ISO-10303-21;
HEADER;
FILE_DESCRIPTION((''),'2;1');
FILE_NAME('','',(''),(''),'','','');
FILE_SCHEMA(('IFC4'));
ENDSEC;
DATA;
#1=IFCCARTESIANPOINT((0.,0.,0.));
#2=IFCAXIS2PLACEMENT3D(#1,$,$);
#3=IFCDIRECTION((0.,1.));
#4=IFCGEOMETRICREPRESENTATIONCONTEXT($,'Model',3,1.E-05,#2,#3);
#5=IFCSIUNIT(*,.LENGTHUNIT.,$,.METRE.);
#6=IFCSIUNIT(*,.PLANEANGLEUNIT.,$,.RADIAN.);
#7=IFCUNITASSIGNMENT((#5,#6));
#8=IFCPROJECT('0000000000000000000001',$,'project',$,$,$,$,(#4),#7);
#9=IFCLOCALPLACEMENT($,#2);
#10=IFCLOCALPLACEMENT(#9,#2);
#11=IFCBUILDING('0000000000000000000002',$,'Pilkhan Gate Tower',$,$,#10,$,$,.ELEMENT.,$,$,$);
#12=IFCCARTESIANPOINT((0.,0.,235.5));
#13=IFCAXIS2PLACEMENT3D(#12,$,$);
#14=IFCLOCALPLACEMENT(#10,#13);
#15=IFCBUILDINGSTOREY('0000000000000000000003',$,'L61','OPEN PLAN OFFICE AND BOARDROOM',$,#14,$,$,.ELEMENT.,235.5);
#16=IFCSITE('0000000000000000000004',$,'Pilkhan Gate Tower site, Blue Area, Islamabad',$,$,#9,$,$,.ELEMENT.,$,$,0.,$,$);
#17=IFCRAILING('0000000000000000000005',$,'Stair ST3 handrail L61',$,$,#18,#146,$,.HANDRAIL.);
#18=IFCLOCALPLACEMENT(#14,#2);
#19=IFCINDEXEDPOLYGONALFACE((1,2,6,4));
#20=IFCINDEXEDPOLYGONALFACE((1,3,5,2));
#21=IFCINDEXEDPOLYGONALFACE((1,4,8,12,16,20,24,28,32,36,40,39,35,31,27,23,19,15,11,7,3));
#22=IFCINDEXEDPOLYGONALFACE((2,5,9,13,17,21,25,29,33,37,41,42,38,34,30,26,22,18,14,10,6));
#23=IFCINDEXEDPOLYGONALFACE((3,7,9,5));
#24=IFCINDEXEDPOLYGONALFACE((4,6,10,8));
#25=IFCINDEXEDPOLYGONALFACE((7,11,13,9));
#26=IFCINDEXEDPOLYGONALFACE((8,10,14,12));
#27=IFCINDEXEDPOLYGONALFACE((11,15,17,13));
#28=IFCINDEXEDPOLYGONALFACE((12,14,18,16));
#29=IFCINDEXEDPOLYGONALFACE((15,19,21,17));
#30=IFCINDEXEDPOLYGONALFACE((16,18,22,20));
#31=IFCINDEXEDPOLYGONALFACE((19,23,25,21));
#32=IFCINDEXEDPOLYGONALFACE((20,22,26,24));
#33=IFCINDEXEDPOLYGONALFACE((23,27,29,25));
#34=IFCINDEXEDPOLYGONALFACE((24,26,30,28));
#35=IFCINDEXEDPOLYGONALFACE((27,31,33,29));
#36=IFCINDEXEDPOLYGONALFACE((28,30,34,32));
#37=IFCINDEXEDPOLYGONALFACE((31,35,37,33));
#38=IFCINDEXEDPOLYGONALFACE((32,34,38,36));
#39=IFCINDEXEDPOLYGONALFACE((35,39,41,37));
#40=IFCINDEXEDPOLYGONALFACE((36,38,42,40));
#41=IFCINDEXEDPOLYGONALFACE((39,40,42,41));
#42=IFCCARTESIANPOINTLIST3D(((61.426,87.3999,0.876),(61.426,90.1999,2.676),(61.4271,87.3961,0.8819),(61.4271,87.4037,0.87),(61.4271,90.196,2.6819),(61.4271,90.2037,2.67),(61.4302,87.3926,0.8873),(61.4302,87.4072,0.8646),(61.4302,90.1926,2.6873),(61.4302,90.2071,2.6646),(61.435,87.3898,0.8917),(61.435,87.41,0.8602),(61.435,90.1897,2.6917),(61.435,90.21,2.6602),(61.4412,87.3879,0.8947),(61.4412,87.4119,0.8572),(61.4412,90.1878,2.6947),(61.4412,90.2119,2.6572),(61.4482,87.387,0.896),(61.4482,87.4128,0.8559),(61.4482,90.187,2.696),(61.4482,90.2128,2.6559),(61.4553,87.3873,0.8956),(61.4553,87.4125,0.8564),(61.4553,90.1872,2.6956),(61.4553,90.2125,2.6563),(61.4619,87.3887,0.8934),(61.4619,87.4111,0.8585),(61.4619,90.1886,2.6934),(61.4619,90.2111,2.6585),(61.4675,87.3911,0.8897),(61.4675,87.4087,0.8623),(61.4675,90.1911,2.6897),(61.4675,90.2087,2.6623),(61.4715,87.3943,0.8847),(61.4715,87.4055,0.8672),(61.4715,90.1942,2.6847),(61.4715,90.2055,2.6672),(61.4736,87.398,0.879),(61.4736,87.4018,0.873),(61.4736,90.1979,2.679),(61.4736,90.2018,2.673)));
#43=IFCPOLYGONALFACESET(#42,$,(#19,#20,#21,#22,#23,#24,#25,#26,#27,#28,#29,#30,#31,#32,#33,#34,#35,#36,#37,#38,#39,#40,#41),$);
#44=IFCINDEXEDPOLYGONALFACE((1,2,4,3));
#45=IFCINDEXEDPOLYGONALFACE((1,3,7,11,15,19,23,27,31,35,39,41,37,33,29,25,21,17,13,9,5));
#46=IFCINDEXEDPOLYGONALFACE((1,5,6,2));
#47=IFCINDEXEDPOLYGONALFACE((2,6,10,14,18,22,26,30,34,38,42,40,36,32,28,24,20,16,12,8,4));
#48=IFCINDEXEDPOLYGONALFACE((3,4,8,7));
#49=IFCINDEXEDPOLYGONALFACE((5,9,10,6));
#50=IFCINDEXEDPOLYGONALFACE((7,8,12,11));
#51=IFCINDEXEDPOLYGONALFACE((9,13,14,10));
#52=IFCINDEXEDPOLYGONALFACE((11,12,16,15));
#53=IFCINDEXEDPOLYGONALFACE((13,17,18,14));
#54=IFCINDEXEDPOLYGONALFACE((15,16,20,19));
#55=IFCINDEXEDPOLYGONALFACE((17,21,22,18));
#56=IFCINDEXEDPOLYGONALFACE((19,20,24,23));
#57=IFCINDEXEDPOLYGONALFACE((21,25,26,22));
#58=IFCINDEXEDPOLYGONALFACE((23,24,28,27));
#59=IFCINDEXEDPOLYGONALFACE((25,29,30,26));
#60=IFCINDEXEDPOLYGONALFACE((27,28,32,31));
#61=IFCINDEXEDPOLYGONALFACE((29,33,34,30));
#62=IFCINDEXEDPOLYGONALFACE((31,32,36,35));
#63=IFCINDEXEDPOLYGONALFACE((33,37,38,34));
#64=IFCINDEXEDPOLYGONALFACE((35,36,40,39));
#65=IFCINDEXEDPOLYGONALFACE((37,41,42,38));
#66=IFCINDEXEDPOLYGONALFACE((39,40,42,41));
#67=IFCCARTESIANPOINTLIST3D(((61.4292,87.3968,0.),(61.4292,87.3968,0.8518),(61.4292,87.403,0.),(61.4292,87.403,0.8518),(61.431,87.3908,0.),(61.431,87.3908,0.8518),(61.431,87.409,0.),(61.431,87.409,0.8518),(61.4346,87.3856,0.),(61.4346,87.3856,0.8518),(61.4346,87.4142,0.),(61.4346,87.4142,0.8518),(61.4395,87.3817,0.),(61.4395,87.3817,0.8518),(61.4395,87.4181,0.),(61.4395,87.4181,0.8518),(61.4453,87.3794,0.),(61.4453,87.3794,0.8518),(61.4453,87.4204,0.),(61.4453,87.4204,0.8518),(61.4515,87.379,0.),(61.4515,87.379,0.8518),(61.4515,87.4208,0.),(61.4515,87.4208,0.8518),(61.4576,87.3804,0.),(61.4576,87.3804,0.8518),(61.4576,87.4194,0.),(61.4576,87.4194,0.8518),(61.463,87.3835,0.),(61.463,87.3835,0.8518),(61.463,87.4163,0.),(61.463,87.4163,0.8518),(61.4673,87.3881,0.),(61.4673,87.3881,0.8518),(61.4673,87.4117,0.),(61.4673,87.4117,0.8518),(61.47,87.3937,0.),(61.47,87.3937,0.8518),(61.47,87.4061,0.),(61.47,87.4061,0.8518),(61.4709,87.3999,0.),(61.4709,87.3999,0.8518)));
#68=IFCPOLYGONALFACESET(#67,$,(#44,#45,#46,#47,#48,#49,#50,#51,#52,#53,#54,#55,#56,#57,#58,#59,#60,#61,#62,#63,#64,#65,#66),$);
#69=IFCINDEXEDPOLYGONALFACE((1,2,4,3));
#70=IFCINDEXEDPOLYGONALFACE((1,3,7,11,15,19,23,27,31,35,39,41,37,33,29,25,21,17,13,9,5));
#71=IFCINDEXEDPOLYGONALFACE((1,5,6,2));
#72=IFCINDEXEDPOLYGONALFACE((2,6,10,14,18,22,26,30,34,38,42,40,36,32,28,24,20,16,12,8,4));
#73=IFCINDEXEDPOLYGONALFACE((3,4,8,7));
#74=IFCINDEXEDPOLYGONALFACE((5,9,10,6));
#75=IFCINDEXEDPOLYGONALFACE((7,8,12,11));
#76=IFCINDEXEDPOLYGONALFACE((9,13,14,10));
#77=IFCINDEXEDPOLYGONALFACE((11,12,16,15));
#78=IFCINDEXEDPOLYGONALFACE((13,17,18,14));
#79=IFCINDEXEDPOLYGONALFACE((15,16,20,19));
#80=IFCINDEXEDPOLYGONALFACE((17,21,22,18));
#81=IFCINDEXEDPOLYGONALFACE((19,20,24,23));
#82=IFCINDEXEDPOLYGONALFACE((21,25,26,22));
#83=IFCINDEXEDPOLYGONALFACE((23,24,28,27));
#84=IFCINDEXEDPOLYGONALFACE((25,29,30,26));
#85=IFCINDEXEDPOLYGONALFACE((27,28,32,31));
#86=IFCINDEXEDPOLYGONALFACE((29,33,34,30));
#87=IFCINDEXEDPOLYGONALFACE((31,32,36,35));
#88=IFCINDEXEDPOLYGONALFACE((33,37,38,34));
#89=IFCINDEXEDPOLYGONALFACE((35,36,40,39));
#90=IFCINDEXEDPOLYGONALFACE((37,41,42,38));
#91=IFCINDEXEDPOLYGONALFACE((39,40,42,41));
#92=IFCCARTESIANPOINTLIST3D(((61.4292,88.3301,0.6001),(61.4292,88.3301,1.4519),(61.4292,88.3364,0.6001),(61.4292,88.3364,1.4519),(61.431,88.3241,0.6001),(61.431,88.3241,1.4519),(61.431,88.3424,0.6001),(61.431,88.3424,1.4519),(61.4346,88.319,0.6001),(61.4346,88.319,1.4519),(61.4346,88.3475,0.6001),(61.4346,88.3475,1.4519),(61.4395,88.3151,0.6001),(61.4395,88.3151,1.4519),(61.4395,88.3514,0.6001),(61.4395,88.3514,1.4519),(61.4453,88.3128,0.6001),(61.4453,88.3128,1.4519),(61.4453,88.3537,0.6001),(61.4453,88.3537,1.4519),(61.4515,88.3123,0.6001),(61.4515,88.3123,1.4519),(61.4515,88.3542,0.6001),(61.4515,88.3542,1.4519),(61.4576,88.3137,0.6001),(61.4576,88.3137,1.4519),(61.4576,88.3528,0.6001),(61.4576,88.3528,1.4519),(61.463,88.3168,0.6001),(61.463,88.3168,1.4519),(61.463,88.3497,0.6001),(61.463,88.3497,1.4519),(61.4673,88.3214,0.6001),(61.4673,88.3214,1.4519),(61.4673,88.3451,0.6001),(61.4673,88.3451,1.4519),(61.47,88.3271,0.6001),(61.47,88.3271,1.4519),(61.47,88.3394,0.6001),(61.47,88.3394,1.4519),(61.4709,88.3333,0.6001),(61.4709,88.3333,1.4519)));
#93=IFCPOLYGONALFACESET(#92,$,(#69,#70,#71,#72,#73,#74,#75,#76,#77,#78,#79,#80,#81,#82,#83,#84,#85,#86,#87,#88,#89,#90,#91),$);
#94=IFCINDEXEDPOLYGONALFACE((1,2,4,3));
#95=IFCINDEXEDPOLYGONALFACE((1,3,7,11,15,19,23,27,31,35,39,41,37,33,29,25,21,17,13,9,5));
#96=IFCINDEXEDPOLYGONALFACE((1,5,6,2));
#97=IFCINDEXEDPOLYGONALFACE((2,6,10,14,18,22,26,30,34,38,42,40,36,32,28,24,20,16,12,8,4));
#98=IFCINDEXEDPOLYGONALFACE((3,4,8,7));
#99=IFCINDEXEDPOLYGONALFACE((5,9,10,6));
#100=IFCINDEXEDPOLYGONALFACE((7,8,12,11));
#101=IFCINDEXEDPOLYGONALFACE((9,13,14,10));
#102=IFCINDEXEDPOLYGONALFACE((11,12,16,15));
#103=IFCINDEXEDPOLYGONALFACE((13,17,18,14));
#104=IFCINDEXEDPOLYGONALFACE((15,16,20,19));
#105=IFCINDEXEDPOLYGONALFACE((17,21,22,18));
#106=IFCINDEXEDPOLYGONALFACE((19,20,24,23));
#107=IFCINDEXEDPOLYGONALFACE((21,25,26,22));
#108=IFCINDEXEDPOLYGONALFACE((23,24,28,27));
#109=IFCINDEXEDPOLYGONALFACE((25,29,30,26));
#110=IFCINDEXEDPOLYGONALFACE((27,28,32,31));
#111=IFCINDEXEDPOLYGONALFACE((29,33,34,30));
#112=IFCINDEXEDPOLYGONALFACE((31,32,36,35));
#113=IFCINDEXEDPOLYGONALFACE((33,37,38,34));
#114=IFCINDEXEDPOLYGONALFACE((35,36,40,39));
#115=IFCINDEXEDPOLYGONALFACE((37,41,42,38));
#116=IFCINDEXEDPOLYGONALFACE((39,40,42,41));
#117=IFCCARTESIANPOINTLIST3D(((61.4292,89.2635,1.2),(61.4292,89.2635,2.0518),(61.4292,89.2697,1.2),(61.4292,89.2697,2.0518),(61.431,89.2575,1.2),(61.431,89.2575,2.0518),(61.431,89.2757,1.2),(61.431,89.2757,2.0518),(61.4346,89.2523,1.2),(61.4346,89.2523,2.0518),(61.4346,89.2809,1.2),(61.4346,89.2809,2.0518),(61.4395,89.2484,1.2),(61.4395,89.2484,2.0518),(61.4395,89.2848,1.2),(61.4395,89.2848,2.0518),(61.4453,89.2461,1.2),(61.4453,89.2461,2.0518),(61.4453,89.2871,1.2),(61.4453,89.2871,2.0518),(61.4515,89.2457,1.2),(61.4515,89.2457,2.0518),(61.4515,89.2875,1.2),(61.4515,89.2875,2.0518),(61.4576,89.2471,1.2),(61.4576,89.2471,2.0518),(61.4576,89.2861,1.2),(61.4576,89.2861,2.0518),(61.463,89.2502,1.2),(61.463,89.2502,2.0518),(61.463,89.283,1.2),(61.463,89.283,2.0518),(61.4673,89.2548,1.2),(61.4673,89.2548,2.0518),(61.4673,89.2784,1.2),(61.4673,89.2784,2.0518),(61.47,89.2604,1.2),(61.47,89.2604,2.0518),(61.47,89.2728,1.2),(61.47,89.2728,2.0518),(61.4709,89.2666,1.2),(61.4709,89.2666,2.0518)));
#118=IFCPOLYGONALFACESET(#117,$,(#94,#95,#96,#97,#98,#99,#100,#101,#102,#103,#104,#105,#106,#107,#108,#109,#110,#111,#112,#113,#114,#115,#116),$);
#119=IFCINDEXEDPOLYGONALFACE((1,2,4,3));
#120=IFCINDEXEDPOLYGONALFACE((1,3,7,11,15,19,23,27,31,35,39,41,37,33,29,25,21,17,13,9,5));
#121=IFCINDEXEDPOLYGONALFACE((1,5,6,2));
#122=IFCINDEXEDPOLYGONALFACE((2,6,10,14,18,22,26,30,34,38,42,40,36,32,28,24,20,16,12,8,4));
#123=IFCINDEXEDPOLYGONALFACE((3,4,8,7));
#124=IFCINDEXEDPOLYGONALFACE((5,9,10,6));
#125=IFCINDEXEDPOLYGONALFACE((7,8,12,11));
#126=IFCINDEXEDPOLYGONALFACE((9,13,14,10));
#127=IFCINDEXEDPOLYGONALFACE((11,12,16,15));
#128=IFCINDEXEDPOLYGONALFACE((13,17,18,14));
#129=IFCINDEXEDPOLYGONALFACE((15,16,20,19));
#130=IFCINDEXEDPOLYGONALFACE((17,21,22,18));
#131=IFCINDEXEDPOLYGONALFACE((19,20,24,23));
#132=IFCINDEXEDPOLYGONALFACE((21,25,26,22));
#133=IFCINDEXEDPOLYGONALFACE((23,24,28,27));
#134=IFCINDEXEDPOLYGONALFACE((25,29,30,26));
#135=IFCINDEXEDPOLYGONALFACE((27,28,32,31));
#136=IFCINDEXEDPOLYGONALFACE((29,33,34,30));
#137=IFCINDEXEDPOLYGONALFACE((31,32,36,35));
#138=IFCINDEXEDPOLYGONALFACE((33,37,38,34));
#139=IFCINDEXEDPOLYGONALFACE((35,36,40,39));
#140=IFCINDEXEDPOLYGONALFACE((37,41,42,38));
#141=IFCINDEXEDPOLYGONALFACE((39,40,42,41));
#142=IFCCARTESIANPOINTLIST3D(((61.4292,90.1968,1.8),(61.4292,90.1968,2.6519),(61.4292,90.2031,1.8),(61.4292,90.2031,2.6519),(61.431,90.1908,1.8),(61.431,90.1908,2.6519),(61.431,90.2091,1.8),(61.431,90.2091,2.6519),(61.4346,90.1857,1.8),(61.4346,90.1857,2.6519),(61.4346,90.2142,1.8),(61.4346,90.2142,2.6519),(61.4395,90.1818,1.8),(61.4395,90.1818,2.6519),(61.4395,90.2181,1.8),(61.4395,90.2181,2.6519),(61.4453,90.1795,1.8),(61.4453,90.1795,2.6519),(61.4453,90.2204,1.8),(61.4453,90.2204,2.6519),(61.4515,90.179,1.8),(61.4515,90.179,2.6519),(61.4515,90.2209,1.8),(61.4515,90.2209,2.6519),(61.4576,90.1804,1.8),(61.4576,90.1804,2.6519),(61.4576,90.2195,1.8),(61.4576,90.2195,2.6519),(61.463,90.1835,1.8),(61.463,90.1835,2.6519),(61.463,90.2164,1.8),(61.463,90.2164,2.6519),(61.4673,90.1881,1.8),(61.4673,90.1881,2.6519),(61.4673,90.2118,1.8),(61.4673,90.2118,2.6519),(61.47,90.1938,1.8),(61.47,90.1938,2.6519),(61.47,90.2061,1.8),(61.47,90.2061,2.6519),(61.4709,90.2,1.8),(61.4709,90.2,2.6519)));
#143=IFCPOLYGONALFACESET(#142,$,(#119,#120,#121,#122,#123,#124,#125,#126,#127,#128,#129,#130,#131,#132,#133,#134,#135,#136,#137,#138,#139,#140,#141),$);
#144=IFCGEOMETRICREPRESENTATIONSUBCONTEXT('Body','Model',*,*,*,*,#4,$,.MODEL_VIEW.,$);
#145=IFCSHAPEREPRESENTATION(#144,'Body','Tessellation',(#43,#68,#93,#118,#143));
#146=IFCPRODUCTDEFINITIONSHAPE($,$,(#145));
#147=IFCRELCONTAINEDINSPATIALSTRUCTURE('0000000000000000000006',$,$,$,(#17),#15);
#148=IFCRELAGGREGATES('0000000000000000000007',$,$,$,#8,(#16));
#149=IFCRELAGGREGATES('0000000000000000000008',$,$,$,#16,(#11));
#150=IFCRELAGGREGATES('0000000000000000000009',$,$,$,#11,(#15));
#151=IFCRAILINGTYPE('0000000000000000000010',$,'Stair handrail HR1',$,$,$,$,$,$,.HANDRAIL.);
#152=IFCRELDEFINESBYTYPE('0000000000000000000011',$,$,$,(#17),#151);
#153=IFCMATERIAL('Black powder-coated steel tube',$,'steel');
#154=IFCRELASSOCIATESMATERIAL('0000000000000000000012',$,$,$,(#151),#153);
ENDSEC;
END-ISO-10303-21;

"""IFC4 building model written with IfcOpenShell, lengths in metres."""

from ifc_helpers import new_model, si_unit, direction, frame, origin, origin_2d, place, context, subcontext, project, spatial, circle, extrude, material, type_object, element, save


model = new_model("IFC4")

# Units and contexts
model_context = context("Model", 3, precision=1e-05, world=origin(), true_north=direction((0.0, 1.0)))
body_context = subcontext(model_context, "Body", "Model", "MODEL_VIEW")
ifc_project = project(units=[si_unit("LENGTHUNIT", "METRE"), si_unit("PLANEANGLEUNIT", "RADIAN")], contexts=[model_context])

# Site, building, storey
site_placement = place(None, origin())
site = spatial("IfcSite", under=ifc_project, at=site_placement, Name="Pilkhan Gate Tower site, Blue Area, Islamabad", CompositionType="ELEMENT", RefElevation=0.0)
building_placement = place(site_placement, origin())
building = spatial("IfcBuilding", under=site, at=building_placement, Name="Pilkhan Gate Tower", CompositionType="ELEMENT")
storey_placement = place(building_placement, frame((0.0, 0.0, 235.5)))
storey = spatial("IfcBuildingStorey", under=building, at=storey_placement, Name="L61", Description="OPEN PLAN OFFICE AND BOARDROOM", CompositionType="ELEMENT", Elevation=235.5)

# Railing
ifc_material_1 = material(Name="Black powder-coated steel tube", Category="steel")
railing_type_1 = type_object("IfcRailingType", Name="Stair handrail HR1", PredefinedType="HANDRAIL", material=ifc_material_1)
railing_1_placement = place(storey_placement, frame((61.45, 87.3999, 0.0)))
element("IfcRailing", 1, at=railing_1_placement, inside=storey, type_object=railing_type_1, Name="Stair ST3 handrail L61", PredefinedType="HANDRAIL", context=body_context, shape_type="SweptSolid", body=[
    extrude(circle(Radius=0.0239, at=origin_2d()), frame((0.0, 0.0, 0.876), z_axis=(0.0, 0.841176, 0.540761), x_axis=(-1.0, 0.0, 0.0)), (0.0, 0.0, 1.0), 3.3286),
    extrude(circle(Radius=0.021, at=origin_2d()), origin(), (0.0, 0.0, 1.0), 0.8518),
    extrude(circle(Radius=0.021, at=origin_2d()), frame((0.0, 0.9333, 0.6001)), (0.0, 0.0, 1.0), 0.8518),
    extrude(circle(Radius=0.021, at=origin_2d()), frame((0.0, 1.8667, 1.2)), (0.0, 0.0, 1.0), 0.8518),
    extrude(circle(Radius=0.021, at=origin_2d()), frame((0.0, 2.8, 1.8)), (0.0, 0.0, 1.0), 0.8518),
])

save(model, "model.ifc")
